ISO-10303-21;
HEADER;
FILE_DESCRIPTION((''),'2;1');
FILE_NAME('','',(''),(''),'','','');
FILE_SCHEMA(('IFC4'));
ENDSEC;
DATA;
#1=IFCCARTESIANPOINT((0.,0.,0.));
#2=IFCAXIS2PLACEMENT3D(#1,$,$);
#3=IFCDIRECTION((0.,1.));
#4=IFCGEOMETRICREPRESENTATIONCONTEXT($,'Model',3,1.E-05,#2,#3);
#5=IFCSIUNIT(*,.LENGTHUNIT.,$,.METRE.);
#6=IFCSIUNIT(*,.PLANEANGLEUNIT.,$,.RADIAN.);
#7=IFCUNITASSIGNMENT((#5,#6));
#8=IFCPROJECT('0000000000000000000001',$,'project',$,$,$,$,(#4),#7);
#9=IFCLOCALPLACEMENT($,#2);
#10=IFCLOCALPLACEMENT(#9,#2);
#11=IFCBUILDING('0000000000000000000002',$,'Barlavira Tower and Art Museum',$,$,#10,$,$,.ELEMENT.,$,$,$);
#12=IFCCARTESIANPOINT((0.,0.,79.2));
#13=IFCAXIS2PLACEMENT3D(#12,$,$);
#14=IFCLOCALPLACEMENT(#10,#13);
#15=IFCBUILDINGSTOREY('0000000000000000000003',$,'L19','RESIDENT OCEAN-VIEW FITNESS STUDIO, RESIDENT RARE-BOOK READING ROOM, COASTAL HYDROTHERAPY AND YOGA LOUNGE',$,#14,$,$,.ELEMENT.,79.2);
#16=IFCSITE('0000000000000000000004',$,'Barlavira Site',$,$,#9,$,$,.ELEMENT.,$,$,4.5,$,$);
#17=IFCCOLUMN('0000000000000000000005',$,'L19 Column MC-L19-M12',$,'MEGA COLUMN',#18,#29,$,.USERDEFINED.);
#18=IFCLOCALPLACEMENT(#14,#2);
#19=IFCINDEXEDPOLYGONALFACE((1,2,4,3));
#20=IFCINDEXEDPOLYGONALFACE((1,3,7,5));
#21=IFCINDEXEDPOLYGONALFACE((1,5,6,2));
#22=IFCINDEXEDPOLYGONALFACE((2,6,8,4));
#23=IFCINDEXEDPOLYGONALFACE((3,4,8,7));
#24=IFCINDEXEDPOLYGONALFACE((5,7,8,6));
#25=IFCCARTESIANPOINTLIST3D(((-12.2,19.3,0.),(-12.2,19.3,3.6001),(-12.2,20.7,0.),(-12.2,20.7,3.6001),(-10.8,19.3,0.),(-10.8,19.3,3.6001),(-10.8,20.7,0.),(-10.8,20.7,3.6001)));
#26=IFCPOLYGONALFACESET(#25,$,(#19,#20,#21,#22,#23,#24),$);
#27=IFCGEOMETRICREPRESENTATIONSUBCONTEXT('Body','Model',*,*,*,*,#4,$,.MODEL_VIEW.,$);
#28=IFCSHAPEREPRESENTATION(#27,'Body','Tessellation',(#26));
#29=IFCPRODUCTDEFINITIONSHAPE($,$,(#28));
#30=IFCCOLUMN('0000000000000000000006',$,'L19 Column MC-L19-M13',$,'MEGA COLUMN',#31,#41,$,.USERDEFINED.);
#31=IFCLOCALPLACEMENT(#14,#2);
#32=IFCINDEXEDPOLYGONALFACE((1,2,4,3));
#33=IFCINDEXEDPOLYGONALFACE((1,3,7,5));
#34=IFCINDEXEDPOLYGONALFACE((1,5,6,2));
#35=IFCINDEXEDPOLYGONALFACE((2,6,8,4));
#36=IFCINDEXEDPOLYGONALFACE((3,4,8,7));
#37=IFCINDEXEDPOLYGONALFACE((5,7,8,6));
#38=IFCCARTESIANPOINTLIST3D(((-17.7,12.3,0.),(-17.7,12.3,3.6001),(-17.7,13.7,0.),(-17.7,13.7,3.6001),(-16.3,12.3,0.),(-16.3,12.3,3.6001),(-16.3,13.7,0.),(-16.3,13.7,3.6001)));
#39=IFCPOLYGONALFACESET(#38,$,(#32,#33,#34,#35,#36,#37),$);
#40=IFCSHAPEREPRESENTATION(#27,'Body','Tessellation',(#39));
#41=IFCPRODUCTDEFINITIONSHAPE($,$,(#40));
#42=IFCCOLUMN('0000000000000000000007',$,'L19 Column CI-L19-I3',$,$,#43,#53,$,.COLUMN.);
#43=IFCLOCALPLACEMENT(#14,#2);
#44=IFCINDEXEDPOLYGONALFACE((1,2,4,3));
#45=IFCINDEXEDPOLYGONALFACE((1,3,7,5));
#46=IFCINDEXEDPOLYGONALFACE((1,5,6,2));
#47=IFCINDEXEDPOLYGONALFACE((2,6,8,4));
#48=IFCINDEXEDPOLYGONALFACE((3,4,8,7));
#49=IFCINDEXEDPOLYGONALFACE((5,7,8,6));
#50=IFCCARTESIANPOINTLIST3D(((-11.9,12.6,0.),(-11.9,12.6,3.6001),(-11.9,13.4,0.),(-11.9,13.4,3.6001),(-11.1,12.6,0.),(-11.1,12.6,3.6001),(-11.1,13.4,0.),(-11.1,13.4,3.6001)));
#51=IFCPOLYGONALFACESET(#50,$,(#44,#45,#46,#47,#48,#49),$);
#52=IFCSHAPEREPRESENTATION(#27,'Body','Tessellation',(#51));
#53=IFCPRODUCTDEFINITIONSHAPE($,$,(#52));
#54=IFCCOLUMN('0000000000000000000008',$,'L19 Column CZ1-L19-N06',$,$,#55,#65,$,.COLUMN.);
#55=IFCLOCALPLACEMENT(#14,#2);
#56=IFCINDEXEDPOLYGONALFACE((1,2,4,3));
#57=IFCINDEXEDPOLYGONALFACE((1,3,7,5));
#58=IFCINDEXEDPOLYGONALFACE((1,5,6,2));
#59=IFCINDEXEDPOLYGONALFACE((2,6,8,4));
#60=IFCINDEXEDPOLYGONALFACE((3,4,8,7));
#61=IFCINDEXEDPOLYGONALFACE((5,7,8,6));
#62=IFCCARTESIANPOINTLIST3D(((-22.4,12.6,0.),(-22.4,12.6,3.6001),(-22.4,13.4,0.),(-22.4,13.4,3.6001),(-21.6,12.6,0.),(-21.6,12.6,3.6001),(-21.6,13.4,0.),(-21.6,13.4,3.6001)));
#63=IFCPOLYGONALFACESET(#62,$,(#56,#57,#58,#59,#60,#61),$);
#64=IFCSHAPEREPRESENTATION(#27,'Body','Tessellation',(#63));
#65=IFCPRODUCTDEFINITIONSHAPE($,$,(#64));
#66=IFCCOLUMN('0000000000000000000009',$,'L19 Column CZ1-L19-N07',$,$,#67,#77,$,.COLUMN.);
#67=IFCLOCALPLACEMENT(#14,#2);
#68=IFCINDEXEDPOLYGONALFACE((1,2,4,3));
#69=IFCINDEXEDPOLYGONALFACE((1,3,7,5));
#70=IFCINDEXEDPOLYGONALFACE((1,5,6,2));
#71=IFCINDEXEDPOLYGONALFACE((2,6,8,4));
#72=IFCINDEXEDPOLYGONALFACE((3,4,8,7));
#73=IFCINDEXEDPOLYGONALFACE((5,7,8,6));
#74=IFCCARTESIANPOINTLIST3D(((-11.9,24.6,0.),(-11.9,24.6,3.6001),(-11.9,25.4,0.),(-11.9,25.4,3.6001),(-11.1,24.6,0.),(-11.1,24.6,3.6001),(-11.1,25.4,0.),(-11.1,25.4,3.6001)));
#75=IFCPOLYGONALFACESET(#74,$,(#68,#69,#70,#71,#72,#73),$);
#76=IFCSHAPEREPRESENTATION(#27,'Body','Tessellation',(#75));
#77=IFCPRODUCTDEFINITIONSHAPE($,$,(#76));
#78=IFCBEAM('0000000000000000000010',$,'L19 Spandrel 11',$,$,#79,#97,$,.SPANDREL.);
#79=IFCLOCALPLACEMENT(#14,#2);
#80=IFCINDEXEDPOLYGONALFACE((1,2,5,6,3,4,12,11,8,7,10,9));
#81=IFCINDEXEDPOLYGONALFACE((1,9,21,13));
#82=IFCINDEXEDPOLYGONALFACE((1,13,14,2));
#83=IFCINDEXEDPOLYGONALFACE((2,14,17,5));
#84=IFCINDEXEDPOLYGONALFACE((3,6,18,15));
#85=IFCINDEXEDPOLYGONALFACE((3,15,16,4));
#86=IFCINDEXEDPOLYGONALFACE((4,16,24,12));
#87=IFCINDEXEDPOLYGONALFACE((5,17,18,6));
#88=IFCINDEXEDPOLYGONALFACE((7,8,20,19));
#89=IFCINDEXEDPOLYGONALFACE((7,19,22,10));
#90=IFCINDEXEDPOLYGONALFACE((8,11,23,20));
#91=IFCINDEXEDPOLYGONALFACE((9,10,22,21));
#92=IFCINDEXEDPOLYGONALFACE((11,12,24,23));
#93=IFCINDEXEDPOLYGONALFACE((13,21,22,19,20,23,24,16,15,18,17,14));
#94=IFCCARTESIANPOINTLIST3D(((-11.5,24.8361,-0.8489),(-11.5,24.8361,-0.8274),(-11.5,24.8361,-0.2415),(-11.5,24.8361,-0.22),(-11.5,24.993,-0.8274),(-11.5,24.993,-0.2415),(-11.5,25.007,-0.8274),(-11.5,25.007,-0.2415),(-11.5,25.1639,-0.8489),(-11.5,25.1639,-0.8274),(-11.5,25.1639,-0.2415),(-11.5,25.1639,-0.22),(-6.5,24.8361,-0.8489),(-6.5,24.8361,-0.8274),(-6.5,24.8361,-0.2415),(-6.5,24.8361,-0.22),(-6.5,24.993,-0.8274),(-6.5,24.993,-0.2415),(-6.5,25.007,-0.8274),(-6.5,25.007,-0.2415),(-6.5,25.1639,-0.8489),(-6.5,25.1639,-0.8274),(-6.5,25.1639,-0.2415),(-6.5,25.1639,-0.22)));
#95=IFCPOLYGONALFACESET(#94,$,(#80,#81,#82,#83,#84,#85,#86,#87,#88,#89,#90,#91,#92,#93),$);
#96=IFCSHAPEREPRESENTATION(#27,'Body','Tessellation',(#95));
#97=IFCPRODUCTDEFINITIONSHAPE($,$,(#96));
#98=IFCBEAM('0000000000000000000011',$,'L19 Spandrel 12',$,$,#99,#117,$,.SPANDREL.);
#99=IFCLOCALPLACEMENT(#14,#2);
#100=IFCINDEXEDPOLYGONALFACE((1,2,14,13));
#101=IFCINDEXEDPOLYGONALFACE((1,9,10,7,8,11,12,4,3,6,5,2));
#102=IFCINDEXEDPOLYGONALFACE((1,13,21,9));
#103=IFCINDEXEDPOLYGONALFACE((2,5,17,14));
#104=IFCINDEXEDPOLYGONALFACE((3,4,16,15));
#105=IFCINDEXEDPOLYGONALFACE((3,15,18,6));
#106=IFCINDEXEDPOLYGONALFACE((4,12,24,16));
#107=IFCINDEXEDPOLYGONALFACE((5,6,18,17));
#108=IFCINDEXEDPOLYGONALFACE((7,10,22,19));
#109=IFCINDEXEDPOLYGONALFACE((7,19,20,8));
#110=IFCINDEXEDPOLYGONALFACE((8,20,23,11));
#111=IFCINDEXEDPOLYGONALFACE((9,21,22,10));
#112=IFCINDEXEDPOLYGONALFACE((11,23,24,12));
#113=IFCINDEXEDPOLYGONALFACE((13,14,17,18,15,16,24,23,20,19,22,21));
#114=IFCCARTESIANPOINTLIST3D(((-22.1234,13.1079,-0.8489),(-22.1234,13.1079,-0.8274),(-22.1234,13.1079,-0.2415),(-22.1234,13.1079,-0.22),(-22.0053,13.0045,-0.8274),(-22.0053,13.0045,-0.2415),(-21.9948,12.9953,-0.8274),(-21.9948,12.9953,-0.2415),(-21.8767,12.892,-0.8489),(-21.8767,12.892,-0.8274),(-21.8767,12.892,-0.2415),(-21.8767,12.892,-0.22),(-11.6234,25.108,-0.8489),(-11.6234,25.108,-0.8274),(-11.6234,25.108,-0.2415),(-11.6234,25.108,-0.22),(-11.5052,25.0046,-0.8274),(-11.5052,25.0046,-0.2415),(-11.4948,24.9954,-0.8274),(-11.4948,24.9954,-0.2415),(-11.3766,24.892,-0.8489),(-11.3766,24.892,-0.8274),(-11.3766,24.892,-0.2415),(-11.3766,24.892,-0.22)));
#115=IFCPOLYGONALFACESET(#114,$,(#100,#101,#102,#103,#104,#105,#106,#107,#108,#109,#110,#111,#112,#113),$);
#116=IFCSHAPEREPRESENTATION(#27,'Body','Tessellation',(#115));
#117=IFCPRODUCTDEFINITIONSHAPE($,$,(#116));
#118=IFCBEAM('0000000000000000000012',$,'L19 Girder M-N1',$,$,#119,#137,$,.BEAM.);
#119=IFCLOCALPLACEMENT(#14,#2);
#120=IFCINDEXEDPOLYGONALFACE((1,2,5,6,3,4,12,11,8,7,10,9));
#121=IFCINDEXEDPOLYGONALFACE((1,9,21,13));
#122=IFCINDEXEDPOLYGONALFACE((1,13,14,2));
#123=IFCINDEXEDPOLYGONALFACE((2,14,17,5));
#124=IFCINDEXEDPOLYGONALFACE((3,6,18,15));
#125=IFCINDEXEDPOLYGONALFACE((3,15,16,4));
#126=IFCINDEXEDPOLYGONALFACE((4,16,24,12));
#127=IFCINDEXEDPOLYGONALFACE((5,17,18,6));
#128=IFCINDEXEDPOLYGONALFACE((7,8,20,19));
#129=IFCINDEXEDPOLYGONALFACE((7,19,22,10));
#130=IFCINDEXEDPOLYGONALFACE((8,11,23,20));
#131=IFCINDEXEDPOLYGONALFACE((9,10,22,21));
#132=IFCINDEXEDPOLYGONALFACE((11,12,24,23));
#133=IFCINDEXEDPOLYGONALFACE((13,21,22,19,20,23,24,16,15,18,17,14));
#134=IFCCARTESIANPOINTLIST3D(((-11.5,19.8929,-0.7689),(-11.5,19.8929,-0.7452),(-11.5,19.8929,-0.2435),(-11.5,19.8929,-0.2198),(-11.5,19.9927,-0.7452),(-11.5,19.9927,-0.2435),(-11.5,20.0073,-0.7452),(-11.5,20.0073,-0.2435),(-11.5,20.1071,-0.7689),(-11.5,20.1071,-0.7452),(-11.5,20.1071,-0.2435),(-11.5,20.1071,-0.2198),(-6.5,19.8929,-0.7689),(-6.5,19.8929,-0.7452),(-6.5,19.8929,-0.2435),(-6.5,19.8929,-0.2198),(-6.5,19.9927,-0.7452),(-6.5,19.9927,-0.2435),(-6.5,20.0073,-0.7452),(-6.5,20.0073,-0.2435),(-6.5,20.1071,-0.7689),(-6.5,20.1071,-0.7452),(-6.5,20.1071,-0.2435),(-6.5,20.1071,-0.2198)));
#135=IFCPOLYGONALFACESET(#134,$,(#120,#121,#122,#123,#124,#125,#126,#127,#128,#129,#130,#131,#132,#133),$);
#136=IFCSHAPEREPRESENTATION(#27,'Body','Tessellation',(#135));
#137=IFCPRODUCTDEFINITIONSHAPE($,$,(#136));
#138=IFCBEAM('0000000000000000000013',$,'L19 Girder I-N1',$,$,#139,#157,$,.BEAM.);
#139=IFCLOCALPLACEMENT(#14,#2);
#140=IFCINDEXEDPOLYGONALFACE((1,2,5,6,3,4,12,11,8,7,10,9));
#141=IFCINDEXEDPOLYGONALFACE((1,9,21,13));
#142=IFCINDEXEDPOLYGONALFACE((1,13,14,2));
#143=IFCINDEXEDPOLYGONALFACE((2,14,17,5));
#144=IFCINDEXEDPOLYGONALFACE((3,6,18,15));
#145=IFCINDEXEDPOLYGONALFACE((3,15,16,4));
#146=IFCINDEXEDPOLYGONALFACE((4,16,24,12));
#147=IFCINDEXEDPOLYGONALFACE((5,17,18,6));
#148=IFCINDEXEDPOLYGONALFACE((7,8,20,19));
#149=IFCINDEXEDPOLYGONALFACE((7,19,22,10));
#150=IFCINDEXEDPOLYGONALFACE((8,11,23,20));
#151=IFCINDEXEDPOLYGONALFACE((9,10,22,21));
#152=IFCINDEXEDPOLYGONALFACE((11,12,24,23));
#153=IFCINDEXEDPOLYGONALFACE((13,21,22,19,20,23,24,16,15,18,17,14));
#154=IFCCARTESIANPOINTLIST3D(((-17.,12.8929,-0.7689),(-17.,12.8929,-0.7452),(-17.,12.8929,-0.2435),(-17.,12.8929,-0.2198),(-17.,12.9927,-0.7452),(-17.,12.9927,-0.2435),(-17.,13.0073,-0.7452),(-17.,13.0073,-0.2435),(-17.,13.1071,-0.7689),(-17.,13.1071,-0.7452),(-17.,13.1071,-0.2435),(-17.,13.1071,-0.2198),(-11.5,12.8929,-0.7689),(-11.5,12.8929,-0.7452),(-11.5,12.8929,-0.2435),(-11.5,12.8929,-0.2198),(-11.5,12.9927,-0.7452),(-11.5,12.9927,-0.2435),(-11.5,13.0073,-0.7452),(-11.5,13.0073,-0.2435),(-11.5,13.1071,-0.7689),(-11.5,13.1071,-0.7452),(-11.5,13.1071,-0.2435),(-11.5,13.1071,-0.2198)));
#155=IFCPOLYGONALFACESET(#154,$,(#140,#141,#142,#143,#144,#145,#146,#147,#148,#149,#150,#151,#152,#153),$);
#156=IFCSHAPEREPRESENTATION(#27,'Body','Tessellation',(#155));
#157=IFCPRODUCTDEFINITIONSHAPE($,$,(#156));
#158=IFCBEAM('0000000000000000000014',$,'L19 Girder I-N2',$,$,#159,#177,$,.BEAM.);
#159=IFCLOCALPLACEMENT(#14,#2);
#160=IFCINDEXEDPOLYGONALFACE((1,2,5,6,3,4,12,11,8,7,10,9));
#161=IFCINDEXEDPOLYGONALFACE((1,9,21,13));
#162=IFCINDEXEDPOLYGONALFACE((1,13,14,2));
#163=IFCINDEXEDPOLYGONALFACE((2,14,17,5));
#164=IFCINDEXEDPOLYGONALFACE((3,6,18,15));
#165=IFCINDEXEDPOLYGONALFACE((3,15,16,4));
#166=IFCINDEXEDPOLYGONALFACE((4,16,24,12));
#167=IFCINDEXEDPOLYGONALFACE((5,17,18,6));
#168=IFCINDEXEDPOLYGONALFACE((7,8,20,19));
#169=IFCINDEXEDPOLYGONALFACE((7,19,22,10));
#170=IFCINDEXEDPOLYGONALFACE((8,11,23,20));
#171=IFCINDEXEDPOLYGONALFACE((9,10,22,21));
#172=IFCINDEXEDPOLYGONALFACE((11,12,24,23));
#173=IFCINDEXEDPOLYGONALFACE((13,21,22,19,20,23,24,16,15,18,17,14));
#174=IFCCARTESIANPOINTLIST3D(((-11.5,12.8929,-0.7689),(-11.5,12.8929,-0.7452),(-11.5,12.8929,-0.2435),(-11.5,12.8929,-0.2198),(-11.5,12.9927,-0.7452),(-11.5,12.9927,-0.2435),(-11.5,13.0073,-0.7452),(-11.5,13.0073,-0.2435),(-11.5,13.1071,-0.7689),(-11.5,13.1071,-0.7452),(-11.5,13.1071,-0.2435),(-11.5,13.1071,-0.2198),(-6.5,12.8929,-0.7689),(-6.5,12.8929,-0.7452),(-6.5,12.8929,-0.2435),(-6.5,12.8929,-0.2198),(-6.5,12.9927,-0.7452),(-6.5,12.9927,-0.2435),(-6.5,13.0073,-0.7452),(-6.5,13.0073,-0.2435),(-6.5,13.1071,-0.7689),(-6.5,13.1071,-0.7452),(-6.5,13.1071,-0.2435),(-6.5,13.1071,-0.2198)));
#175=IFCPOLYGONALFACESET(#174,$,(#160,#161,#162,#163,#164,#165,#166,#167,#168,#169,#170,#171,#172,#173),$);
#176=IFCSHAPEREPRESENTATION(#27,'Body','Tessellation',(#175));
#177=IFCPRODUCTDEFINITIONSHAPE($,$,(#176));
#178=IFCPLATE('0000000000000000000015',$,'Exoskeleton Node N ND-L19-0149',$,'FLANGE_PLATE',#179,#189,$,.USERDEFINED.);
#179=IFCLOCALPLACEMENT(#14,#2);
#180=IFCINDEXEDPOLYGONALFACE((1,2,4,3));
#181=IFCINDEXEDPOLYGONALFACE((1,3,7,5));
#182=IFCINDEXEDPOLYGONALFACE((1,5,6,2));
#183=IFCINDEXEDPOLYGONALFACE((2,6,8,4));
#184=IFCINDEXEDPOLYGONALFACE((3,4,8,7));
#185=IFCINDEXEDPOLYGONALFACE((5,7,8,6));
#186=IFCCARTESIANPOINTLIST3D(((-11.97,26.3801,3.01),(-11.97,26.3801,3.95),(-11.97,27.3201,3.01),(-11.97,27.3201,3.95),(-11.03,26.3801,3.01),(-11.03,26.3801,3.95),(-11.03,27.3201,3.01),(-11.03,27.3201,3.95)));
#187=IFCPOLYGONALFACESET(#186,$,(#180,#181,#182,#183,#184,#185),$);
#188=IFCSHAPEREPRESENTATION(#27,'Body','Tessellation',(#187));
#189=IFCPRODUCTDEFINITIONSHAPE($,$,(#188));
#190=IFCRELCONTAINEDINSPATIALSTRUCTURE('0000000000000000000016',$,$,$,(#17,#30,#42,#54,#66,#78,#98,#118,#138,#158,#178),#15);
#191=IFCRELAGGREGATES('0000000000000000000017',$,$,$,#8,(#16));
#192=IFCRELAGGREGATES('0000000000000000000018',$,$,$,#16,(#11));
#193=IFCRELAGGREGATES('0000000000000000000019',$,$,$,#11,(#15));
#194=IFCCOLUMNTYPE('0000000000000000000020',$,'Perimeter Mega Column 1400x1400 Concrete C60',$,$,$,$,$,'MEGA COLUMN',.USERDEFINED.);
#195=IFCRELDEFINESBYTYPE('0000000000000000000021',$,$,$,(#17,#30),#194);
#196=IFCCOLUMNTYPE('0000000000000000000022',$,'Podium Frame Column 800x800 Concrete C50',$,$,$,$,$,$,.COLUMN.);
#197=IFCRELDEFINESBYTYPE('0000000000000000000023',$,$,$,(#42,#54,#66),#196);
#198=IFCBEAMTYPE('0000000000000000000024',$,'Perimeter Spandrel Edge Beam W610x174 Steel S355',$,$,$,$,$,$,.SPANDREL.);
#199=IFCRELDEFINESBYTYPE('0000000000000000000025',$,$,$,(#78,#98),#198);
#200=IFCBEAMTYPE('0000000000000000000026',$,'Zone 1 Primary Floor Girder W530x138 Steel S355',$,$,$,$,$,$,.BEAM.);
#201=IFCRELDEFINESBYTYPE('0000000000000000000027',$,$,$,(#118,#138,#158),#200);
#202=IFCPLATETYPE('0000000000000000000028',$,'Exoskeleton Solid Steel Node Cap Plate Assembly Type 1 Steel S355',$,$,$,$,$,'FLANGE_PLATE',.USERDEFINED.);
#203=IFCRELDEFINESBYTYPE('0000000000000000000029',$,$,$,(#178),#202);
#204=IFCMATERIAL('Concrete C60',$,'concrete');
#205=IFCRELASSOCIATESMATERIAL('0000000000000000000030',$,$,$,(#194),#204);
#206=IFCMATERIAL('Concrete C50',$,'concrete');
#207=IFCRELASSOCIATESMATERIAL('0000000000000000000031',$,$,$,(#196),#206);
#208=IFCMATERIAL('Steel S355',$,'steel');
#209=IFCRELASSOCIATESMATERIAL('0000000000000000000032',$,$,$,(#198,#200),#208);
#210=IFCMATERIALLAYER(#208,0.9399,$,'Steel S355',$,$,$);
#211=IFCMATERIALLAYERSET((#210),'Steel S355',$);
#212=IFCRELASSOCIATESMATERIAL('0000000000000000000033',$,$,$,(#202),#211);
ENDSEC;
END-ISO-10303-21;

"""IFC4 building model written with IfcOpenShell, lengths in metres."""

from ifc_helpers import new_model, si_unit, direction, frame, origin, origin_2d, place, context, subcontext, project, spatial, rectangle, i_section, extrude, material, layer, layer_set, material_profile, profile_set, type_object, element, save


model = new_model("IFC4")

# Units and contexts
model_context = context("Model", 3, precision=1e-05, world=origin(), true_north=direction((0.0, 1.0)))
body_context = subcontext(model_context, "Body", "Model", "MODEL_VIEW")
ifc_project = project(units=[si_unit("LENGTHUNIT", "METRE"), si_unit("PLANEANGLEUNIT", "RADIAN")], contexts=[model_context])

# Site, building, storey
site_placement = place(None, origin())
site = spatial("IfcSite", under=ifc_project, at=site_placement, Name="Barlavira Site", CompositionType="ELEMENT", RefElevation=4.5)
building_placement = place(site_placement, origin())
building = spatial("IfcBuilding", under=site, at=building_placement, Name="Barlavira Tower and Art Museum", CompositionType="ELEMENT")
storey_placement = place(building_placement, frame((0.0, 0.0, 79.2)))
storey = spatial("IfcBuildingStorey", under=building, at=storey_placement, Name="L19", Description="RESIDENT OCEAN-VIEW FITNESS STUDIO, RESIDENT RARE-BOOK READING ROOM, COASTAL HYDROTHERAPY AND YOGA LOUNGE", CompositionType="ELEMENT", Elevation=79.2)

# Columns
ifc_material_1 = material(Name="Concrete C60", Category="concrete")
ifc_material_profile_1 = material_profile(ifc_material_1, rectangle(XDim=1.3999, YDim=1.3999, at=origin_2d()), Name="RC-MCOL 1400x1400")
ifc_profile_set_1 = profile_set([ifc_material_profile_1], Name="Concrete C60")
column_type_1 = type_object("IfcColumnType", Name="Perimeter Mega Column 1400x1400 Concrete C60", ElementType="MEGA COLUMN", PredefinedType="USERDEFINED", material=ifc_profile_set_1)
for number, where, z_axis, x_axis, name in (
    (1, (-11.5, 20.0, 0.0), (0.0, 0.0, 1.0), (1.0, 0.0, 0.0), "L19 Column MC-L19-M12"),
    (2, (-17.0, 13.0, 0.0), (0.0, 0.0, 1.0), (1.0, 0.0, 0.0), "L19 Column MC-L19-M13"),
):
    element("IfcColumn", number, at=place(storey_placement, frame(where, z_axis=z_axis, x_axis=x_axis)), inside=storey, type_object=column_type_1, Name=name, ObjectType="MEGA COLUMN", PredefinedType="USERDEFINED", context=body_context, shape_type="SweptSolid", body=[
        extrude(rectangle(XDim=1.3999, YDim=1.3999, at=origin_2d()), origin(), (0.0, 0.0, 1.0), 3.6001),
    ])
ifc_material_2 = material(Name="Concrete C50", Category="concrete")
ifc_material_profile_2 = material_profile(ifc_material_2, rectangle(XDim=0.8, YDim=0.8, at=origin_2d()), Name="RC-COL 800x800")
ifc_profile_set_2 = profile_set([ifc_material_profile_2], Name="Concrete C50")
column_type_2 = type_object("IfcColumnType", Name="Podium Frame Column 800x800 Concrete C50", PredefinedType="COLUMN", material=ifc_profile_set_2)
for number, where, z_axis, x_axis, name in (
    (3, (-11.5, 13.0, 0.0), (0.0, 0.0, 1.0), (1.0, 0.0, 0.0), "L19 Column CI-L19-I3"),
    (4, (-22.0, 13.0, 0.0), (0.0, 0.0, 1.0), (1.0, 0.0, 0.0), "L19 Column CZ1-L19-N06"),
    (5, (-11.5, 25.0, 0.0), (0.0, 0.0, 1.0), (1.0, 0.0, 0.0), "L19 Column CZ1-L19-N07"),
):
    element("IfcColumn", number, at=place(storey_placement, frame(where, z_axis=z_axis, x_axis=x_axis)), inside=storey, type_object=column_type_2, Name=name, PredefinedType="COLUMN", context=body_context, shape_type="SweptSolid", body=[
        extrude(rectangle(XDim=0.8, YDim=0.8, at=origin_2d()), origin(), (0.0, 0.0, 1.0), 3.6001),
    ])

# Beams
ifc_material_3 = material(Name="Steel S355", Category="steel")
ifc_material_profile_3 = material_profile(ifc_material_3, i_section(OverallWidth=0.3279, OverallDepth=0.6289, WebThickness=0.0139, FlangeThickness=0.0215, at=origin_2d()), Name="W610x174.0")
ifc_profile_set_3 = profile_set([ifc_material_profile_3], Name="Steel S355")
beam_type_1 = type_object("IfcBeamType", Name="Perimeter Spandrel Edge Beam W610x174 Steel S355", PredefinedType="SPANDREL", material=ifc_profile_set_3)
beam_1_placement = place(storey_placement, frame((-11.5, 25.0, -0.5344), z_axis=(1.0, 0.0, 0.0), x_axis=(0.0, 1.0, 0.0)))
element("IfcBeam", 6, at=beam_1_placement, inside=storey, type_object=beam_type_1, Name="L19 Spandrel 11", PredefinedType="SPANDREL", context=body_context, shape_type="SweptSolid", body=[
    extrude(i_section(OverallWidth=0.3279, OverallDepth=0.6289, WebThickness=0.0139, FlangeThickness=0.0215, at=origin_2d()), origin(), (0.0, 0.0, 1.0), 5.0),
])
beam_2_placement = place(storey_placement, frame((-11.5, 25.0, -0.5344), z_axis=(-0.658505, -0.752577, 0.0), x_axis=(0.752577, -0.658505, 0.0)))
element("IfcBeam", 7, at=beam_2_placement, inside=storey, type_object=beam_type_1, Name="L19 Spandrel 12", PredefinedType="SPANDREL", context=body_context, shape_type="SweptSolid", body=[
    extrude(i_section(OverallWidth=0.3279, OverallDepth=0.6289, WebThickness=0.0139, FlangeThickness=0.0215, at=origin_2d()), origin(), (0.0, 0.0, 1.0), 15.9453),
])
ifc_material_profile_4 = material_profile(ifc_material_3, i_section(OverallWidth=0.2141, OverallDepth=0.5491, WebThickness=0.0146, FlangeThickness=0.0237, at=origin_2d()), Name="W530x138.0")
ifc_profile_set_4 = profile_set([ifc_material_profile_4], Name="Steel S355")
beam_type_2 = type_object("IfcBeamType", Name="Zone 1 Primary Floor Girder W530x138 Steel S355", PredefinedType="BEAM", material=ifc_profile_set_4)
beam_3_placement = place(storey_placement, frame((-11.5, 20.0, -0.4944), z_axis=(1.0, 0.0, 0.0), x_axis=(0.0, 1.0, 0.0)))
element("IfcBeam", 8, at=beam_3_placement, inside=storey, type_object=beam_type_2, Name="L19 Girder M-N1", PredefinedType="BEAM", context=body_context, shape_type="SweptSolid", body=[
    extrude(i_section(OverallWidth=0.2141, OverallDepth=0.5491, WebThickness=0.0146, FlangeThickness=0.0237, at=origin_2d()), origin(), (0.0, 0.0, 1.0), 5.0),
])
beam_4_placement = place(storey_placement, frame((-17.0, 13.0, -0.4944), z_axis=(1.0, 0.0, 0.0), x_axis=(0.0, 1.0, 0.0)))
element("IfcBeam", 9, at=beam_4_placement, inside=storey, type_object=beam_type_2, Name="L19 Girder I-N1", PredefinedType="BEAM", context=body_context, shape_type="SweptSolid", body=[
    extrude(i_section(OverallWidth=0.2141, OverallDepth=0.5491, WebThickness=0.0146, FlangeThickness=0.0237, at=origin_2d()), origin(), (0.0, 0.0, 1.0), 5.5),
])
beam_5_placement = place(storey_placement, frame((-11.5, 13.0, -0.4944), z_axis=(1.0, 0.0, 0.0), x_axis=(0.0, 1.0, 0.0)))
element("IfcBeam", 10, at=beam_5_placement, inside=storey, type_object=beam_type_2, Name="L19 Girder I-N2", PredefinedType="BEAM", context=body_context, shape_type="SweptSolid", body=[
    extrude(i_section(OverallWidth=0.2141, OverallDepth=0.5491, WebThickness=0.0146, FlangeThickness=0.0237, at=origin_2d()), origin(), (0.0, 0.0, 1.0), 5.0),
])

# Plate
ifc_layer_1 = layer(ifc_material_3, 0.9399, Name="Steel S355")
ifc_layer_set_1 = layer_set([ifc_layer_1], Name="Steel S355")
plate_type = type_object("IfcPlateType", Name="Exoskeleton Solid Steel Node Cap Plate Assembly Type 1 Steel S355", ElementType="FLANGE_PLATE", PredefinedType="USERDEFINED", material=ifc_layer_set_1)
for number, where, z_axis, x_axis, name in (
    (11, (-11.5, 26.8501, 3.01), (0.0, 0.0, 1.0), (1.0, 0.0, 0.0), "Exoskeleton Node N ND-L19-0149"),
):
    element("IfcPlate", number, at=place(storey_placement, frame(where, z_axis=z_axis, x_axis=x_axis)), inside=storey, type_object=plate_type, Name=name, ObjectType="FLANGE_PLATE", PredefinedType="USERDEFINED", context=body_context, shape_type="SweptSolid", body=[
        extrude(rectangle(XDim=0.9399, YDim=0.9399, at=origin_2d()), origin(), (0.0, 0.0, 1.0), 0.9399),
    ])

save(model, "model.ifc")
